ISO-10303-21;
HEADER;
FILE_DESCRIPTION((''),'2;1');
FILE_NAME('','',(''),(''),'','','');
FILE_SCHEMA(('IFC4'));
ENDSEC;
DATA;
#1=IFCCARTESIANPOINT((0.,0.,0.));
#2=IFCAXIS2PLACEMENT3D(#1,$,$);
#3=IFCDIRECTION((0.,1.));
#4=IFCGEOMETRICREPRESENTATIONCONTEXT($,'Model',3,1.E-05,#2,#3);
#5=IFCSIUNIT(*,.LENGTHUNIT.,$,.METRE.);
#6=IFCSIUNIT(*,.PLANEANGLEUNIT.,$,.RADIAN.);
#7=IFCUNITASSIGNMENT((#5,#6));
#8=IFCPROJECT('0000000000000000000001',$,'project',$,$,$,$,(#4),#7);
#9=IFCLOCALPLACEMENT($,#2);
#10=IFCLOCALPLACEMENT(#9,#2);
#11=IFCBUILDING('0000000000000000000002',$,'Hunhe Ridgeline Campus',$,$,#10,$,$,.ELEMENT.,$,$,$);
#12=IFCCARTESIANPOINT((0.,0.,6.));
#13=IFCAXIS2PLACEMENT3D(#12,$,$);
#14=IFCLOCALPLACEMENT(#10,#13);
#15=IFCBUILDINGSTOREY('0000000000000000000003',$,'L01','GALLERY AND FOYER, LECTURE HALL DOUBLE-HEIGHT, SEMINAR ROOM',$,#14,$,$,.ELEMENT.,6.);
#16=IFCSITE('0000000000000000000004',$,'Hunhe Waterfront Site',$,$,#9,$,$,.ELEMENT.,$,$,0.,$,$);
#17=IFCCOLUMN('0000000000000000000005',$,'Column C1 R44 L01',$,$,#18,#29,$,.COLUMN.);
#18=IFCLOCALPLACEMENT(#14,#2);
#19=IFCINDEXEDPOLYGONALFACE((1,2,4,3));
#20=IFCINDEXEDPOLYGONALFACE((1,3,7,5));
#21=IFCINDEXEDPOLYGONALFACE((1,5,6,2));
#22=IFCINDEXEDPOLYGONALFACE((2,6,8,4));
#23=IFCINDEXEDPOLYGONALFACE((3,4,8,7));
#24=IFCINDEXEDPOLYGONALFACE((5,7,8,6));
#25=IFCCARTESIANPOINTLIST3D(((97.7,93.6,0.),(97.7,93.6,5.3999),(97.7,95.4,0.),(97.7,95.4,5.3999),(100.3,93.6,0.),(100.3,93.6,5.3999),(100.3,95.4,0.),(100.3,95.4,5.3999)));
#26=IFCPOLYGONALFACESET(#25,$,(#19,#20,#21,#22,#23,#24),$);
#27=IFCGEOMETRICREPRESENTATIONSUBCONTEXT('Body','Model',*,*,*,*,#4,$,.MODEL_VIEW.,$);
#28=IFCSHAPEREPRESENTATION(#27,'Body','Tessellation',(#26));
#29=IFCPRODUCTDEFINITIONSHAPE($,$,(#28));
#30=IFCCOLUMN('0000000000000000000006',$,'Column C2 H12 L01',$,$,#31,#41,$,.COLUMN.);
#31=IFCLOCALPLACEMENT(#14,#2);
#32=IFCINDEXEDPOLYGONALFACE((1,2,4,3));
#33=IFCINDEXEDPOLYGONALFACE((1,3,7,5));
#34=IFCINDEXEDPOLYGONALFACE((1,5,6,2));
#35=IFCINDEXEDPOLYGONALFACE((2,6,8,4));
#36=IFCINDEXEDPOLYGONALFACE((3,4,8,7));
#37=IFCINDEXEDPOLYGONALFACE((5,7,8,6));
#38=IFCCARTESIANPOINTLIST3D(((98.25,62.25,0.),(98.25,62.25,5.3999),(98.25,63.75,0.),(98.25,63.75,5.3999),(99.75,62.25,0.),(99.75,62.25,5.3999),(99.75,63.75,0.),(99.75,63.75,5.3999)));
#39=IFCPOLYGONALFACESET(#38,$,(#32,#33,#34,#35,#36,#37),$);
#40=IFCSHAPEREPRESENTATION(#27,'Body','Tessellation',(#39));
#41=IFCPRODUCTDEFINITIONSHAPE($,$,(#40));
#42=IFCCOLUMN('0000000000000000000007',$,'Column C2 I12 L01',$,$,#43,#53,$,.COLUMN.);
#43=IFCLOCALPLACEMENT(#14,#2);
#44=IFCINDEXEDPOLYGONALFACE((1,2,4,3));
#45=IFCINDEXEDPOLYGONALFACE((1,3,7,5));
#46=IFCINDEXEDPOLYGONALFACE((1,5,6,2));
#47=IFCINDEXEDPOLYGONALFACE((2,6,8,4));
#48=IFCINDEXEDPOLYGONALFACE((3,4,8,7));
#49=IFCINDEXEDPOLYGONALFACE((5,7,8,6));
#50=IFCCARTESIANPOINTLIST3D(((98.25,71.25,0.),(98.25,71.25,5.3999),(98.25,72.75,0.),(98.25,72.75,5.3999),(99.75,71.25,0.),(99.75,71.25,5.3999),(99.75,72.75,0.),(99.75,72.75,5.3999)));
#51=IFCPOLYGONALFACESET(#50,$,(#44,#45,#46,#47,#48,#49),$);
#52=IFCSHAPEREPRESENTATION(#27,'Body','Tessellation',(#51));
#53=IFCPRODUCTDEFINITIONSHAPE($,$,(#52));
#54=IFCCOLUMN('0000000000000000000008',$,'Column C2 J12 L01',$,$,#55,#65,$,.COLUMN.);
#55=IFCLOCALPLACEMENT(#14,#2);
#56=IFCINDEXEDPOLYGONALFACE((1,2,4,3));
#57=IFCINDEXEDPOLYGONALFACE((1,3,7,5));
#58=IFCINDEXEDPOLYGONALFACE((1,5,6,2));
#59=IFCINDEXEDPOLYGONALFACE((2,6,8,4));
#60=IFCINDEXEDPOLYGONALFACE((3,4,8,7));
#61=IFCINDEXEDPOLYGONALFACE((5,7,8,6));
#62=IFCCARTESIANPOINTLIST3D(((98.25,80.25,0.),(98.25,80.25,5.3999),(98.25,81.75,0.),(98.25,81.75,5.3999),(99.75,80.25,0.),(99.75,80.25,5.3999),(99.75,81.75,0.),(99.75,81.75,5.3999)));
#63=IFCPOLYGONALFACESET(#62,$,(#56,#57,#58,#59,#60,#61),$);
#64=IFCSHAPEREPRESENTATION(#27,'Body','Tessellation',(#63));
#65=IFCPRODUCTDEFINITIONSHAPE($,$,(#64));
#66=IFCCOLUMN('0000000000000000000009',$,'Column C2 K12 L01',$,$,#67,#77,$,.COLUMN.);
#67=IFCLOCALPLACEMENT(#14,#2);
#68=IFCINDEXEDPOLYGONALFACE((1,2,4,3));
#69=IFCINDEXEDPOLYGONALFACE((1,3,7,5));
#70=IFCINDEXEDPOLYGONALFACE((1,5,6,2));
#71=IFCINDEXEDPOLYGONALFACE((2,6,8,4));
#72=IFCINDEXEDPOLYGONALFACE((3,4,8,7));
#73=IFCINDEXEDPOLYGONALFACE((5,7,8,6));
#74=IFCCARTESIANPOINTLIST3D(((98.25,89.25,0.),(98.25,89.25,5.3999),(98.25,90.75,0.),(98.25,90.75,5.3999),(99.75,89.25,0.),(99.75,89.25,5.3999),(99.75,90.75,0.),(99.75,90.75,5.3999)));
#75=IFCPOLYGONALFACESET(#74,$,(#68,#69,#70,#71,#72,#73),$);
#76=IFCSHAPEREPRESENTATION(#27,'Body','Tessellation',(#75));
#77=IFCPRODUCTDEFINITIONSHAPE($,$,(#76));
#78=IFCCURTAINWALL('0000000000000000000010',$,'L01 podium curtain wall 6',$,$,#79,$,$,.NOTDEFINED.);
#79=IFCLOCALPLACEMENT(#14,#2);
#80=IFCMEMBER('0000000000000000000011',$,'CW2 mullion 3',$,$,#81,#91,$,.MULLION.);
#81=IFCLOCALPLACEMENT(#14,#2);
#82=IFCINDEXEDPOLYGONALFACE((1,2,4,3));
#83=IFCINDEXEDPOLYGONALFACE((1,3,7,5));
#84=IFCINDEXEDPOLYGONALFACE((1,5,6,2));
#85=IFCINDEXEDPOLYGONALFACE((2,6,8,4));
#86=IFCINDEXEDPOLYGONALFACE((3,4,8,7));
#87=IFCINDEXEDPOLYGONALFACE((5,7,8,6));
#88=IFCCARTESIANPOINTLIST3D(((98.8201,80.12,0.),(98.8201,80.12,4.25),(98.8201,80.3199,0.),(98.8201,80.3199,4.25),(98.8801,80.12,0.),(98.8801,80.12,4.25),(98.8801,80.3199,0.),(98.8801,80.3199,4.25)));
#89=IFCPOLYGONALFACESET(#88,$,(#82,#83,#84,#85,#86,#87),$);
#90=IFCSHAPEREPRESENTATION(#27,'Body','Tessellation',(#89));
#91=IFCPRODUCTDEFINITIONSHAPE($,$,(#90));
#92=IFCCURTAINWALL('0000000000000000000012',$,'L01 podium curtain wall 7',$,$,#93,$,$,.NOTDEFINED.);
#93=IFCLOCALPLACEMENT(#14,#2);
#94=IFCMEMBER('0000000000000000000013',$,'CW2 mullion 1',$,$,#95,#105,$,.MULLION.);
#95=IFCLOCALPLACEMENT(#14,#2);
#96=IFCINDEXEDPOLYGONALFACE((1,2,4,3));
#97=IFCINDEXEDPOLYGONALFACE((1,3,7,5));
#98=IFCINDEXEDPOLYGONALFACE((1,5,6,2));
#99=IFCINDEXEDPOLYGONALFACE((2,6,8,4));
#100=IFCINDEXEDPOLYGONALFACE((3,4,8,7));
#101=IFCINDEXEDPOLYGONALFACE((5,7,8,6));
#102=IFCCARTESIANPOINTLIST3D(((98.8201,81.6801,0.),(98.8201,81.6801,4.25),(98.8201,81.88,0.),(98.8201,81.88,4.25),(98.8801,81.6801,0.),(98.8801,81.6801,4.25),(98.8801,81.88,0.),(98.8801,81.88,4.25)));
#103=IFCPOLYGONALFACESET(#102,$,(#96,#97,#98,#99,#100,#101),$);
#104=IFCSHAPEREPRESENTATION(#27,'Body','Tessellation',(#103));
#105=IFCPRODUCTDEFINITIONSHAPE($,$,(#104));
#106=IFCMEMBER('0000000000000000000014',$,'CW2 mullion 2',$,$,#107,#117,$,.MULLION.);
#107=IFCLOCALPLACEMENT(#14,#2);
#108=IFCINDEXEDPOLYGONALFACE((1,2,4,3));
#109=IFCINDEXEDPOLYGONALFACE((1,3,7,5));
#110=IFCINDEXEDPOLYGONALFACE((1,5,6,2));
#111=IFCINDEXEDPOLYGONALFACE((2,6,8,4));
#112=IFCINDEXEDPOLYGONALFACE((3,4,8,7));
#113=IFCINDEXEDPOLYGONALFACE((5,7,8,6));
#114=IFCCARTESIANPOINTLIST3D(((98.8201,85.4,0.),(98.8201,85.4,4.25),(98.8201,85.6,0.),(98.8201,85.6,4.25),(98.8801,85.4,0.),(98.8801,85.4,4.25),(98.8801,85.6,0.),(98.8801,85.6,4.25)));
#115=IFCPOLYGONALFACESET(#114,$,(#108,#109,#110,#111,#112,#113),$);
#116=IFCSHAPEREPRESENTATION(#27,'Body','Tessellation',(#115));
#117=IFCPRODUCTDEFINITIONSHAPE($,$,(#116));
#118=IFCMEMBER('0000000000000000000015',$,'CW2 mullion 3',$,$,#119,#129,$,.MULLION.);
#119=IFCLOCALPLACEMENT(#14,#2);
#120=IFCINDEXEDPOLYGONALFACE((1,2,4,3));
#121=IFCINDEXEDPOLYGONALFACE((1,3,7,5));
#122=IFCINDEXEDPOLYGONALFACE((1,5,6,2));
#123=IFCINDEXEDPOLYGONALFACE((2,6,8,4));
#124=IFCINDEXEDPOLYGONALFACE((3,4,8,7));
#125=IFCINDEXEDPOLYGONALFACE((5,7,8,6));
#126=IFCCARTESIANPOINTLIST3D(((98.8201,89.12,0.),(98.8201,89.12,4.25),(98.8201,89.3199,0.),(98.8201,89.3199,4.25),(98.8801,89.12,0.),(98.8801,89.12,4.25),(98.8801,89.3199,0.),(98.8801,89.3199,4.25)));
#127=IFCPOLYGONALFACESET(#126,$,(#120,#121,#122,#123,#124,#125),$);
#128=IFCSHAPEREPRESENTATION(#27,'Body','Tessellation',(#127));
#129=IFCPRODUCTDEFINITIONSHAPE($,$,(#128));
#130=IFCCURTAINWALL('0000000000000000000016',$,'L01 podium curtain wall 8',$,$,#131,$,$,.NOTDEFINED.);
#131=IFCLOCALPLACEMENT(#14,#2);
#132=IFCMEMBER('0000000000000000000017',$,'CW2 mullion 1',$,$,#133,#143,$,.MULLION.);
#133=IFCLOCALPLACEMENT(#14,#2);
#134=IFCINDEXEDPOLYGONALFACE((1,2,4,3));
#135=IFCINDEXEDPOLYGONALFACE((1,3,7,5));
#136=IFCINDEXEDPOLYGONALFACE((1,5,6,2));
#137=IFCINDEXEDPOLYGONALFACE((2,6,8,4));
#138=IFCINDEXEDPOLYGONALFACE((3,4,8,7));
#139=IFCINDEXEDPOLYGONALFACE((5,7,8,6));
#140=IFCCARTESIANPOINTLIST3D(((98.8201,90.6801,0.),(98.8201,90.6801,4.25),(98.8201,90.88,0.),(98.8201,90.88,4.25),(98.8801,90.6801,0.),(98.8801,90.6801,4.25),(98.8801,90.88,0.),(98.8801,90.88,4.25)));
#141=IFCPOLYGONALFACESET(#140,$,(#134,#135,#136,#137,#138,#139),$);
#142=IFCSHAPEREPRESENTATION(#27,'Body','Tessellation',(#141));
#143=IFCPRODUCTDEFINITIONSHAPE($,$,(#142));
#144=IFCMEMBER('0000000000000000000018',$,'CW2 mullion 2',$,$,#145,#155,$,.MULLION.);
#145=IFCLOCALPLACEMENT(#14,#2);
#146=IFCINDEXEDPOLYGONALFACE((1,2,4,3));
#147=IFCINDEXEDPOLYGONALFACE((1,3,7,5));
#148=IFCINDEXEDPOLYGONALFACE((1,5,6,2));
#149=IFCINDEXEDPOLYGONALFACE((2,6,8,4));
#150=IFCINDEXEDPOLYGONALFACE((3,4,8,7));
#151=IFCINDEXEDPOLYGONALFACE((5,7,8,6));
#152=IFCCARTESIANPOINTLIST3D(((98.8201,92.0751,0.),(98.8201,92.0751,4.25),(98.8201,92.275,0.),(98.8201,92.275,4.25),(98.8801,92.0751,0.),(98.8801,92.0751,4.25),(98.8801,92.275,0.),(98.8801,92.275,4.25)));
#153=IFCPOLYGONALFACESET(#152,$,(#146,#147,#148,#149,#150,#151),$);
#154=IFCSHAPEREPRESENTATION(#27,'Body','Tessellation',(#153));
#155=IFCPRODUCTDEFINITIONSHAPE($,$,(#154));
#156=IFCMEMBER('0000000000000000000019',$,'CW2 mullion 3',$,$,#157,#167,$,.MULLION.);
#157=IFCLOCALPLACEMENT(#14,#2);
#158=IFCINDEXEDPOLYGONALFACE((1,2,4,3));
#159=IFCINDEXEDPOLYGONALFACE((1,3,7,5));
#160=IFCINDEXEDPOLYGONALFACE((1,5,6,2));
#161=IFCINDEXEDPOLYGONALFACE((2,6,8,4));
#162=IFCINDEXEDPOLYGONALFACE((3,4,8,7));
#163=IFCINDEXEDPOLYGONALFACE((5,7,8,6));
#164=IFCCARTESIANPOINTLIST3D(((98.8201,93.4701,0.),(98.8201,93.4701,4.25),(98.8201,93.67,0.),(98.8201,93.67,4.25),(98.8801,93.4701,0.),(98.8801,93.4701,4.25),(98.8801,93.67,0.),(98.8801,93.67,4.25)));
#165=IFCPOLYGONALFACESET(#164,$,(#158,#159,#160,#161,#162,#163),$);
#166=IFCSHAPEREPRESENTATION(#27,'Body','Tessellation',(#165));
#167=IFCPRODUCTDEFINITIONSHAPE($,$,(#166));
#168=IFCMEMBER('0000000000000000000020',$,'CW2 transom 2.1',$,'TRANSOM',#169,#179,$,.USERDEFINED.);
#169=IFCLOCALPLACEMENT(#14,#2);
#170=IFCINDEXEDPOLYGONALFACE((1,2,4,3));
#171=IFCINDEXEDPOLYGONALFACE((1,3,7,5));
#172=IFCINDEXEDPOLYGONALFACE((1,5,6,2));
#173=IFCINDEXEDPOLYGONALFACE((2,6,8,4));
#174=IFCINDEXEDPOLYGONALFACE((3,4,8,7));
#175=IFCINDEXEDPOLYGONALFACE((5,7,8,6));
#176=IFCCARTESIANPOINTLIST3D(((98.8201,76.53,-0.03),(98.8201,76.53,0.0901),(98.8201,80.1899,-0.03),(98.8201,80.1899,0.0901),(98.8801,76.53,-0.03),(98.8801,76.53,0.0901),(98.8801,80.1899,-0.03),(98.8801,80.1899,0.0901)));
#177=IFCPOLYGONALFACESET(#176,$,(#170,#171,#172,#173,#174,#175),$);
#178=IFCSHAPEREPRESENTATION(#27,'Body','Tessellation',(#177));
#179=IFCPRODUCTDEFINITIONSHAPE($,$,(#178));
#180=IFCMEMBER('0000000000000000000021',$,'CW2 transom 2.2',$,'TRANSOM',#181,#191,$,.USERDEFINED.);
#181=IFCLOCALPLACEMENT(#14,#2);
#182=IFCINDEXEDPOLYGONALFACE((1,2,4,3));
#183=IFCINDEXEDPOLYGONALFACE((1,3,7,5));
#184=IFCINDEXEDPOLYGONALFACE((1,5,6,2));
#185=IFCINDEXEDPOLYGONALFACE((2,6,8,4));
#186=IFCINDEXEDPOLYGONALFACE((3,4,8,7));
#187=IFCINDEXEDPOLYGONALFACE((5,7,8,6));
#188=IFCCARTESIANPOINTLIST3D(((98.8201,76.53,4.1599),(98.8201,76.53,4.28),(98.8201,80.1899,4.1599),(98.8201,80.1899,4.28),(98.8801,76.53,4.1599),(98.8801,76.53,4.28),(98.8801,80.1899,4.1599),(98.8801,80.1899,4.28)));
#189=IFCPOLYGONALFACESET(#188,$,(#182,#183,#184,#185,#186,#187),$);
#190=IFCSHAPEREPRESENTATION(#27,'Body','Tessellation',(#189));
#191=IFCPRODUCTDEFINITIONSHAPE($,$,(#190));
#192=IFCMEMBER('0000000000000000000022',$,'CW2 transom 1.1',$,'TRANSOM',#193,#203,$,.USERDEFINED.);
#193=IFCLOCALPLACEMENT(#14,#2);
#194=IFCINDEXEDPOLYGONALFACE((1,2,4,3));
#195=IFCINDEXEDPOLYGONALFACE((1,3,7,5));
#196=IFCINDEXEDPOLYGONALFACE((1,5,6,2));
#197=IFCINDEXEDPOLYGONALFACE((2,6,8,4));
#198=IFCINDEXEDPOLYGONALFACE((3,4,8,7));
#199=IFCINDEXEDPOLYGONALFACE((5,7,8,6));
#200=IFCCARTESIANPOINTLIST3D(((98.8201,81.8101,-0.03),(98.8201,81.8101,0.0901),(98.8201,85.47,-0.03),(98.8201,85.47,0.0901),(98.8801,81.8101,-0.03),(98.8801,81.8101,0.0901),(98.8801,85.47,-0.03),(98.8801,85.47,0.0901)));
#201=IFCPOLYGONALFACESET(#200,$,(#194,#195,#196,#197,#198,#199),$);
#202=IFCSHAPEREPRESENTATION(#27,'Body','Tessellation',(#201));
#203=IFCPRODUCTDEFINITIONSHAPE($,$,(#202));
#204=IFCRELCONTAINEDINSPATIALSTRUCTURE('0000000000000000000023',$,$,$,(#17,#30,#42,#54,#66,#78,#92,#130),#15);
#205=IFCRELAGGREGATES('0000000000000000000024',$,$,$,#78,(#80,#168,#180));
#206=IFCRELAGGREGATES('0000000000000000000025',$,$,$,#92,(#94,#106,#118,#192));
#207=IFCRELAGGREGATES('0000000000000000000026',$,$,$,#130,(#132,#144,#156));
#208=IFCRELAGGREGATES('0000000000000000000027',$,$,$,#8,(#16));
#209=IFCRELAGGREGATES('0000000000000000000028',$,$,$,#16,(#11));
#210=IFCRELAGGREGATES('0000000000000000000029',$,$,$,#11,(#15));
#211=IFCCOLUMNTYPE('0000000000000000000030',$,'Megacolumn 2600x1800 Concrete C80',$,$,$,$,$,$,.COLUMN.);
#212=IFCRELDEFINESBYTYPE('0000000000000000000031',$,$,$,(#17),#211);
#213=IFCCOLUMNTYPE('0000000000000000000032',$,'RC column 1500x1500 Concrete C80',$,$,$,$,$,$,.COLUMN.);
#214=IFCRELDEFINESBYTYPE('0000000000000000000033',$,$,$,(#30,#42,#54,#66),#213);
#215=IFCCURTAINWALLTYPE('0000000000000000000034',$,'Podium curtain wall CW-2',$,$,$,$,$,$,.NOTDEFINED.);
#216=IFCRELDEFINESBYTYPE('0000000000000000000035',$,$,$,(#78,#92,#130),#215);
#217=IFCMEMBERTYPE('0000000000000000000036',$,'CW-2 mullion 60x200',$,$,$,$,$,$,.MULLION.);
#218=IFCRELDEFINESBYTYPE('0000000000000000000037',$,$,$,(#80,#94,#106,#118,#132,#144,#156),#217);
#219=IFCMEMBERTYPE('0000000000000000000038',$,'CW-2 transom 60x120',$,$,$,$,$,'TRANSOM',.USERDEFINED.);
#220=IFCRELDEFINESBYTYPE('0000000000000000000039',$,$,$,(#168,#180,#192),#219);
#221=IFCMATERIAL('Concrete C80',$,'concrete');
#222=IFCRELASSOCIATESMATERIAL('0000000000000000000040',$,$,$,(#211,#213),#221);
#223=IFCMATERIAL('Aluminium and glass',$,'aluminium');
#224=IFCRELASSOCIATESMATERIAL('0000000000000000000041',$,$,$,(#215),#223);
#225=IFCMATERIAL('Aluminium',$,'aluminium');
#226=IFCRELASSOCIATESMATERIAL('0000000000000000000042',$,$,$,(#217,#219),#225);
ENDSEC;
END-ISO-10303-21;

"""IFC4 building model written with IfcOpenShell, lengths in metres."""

from ifc_helpers import new_model, si_unit, direction, frame, origin, origin_2d, place, context, subcontext, project, spatial, rectangle, extrude, material, material_profile, profile_set, type_object, element, aggregate, save


model = new_model("IFC4")

# Units and contexts
model_context = context("Model", 3, precision=1e-05, world=origin(), true_north=direction((0.0, 1.0)))
body_context = subcontext(model_context, "Body", "Model", "MODEL_VIEW")
ifc_project = project(units=[si_unit("LENGTHUNIT", "METRE"), si_unit("PLANEANGLEUNIT", "RADIAN")], contexts=[model_context])

# Site, building, storey
site_placement = place(None, origin())
site = spatial("IfcSite", under=ifc_project, at=site_placement, Name="Hunhe Waterfront Site", CompositionType="ELEMENT", RefElevation=0.0)
building_placement = place(site_placement, origin())
building = spatial("IfcBuilding", under=site, at=building_placement, Name="Hunhe Ridgeline Campus", CompositionType="ELEMENT")
storey_placement = place(building_placement, frame((0.0, 0.0, 6.0)))
storey = spatial("IfcBuildingStorey", under=building, at=storey_placement, Name="L01", Description="GALLERY AND FOYER, LECTURE HALL DOUBLE-HEIGHT, SEMINAR ROOM", CompositionType="ELEMENT", Elevation=6.0)

# Columns
ifc_material_1 = material(Name="Concrete C80", Category="concrete")
ifc_material_profile_1 = material_profile(ifc_material_1, rectangle(XDim=2.6001, YDim=1.8, at=origin_2d()))
ifc_profile_set_1 = profile_set([ifc_material_profile_1], Name="Concrete C80")
column_type_1 = type_object("IfcColumnType", Name="Megacolumn 2600x1800 Concrete C80", PredefinedType="COLUMN", material=ifc_profile_set_1)
column_placement = place(storey_placement, frame((99.0, 94.5, 0.0), z_axis=(0.0, 0.0, 1.0), x_axis=(1.0, 0.0, 0.0)))
element("IfcColumn", 1, at=column_placement, inside=storey, type_object=column_type_1, Name="Column C1 R44 L01", PredefinedType="COLUMN", context=body_context, shape_type="SweptSolid", body=[
    extrude(rectangle(XDim=2.6001, YDim=1.8, at=origin_2d()), origin(), (0.0, 0.0, 1.0), 5.3999),
])
ifc_material_profile_2 = material_profile(ifc_material_1, rectangle(XDim=1.5, YDim=1.5, at=origin_2d()))
ifc_profile_set_2 = profile_set([ifc_material_profile_2], Name="Concrete C80")
column_type_2 = type_object("IfcColumnType", Name="RC column 1500x1500 Concrete C80", PredefinedType="COLUMN", material=ifc_profile_set_2)
for number, where, z_axis, x_axis, name in (
    (2, (99.0, 63.0, 0.0), (0.0, 0.0, 1.0), (1.0, 0.0, 0.0), "Column C2 H12 L01"),
    (3, (99.0, 72.0, 0.0), (0.0, 0.0, 1.0), (1.0, 0.0, 0.0), "Column C2 I12 L01"),
    (4, (99.0, 81.0, 0.0), (0.0, 0.0, 1.0), (1.0, 0.0, 0.0), "Column C2 J12 L01"),
    (5, (99.0, 90.0, 0.0), (0.0, 0.0, 1.0), (1.0, 0.0, 0.0), "Column C2 K12 L01"),
):
    element("IfcColumn", number, at=place(storey_placement, frame(where, z_axis=z_axis, x_axis=x_axis)), inside=storey, type_object=column_type_2, Name=name, PredefinedType="COLUMN", context=body_context, shape_type="SweptSolid", body=[
        extrude(rectangle(XDim=1.5, YDim=1.5, at=origin_2d()), origin(), (0.0, 0.0, 1.0), 5.3999),
    ])

# Curtain wall, member
ifc_material_2 = material(Name="Aluminium and glass", Category="aluminium")
curtain_wall_type = type_object("IfcCurtainWallType", Name="Podium curtain wall CW-2", PredefinedType="NOTDEFINED", material=ifc_material_2)
curtain_wall_1_placement = place(storey_placement, origin())
curtain_wall_1 = element("IfcCurtainWall", 6, at=curtain_wall_1_placement, inside=storey, type_object=curtain_wall_type, Name="L01 podium curtain wall 6", PredefinedType="NOTDEFINED")
ifc_material_3 = material(Name="Aluminium", Category="aluminium")
ifc_material_profile_3 = material_profile(ifc_material_3, rectangle(XDim=0.0601, YDim=0.2, at=origin_2d()))
ifc_profile_set_3 = profile_set([ifc_material_profile_3], Name="Aluminium")
member_type_1 = type_object("IfcMemberType", Name="CW-2 mullion 60x200", PredefinedType="MULLION", material=ifc_profile_set_3)
member_1_placement = place(storey_placement, frame((98.8501, 80.22, 0.0), z_axis=(0.0, 0.0, 1.0), x_axis=(-1.0, 0.0, 0.0)))
member_1 = element("IfcMember", 7, at=member_1_placement, type_object=member_type_1, Name="CW2 mullion 3", PredefinedType="MULLION", context=body_context, shape_type="SweptSolid", body=[
    extrude(rectangle(XDim=0.0601, YDim=0.2, at=origin_2d()), origin(), (0.0, 0.0, 1.0), 4.25),
])

# Curtain walls, members
curtain_wall_2_placement = place(storey_placement, origin())
curtain_wall_2 = element("IfcCurtainWall", 8, at=curtain_wall_2_placement, inside=storey, type_object=curtain_wall_type, Name="L01 podium curtain wall 7", PredefinedType="NOTDEFINED")
member_2_placement = place(storey_placement, frame((98.8501, 81.78, 0.0), z_axis=(0.0, 0.0, 1.0), x_axis=(-1.0, 0.0, 0.0)))
member_2 = element("IfcMember", 9, at=member_2_placement, type_object=member_type_1, Name="CW2 mullion 1", PredefinedType="MULLION", context=body_context, shape_type="SweptSolid", body=[
    extrude(rectangle(XDim=0.0601, YDim=0.2, at=origin_2d()), origin(), (0.0, 0.0, 1.0), 4.25),
])
member_3_placement = place(storey_placement, frame((98.8501, 85.5, 0.0), z_axis=(0.0, 0.0, 1.0), x_axis=(-1.0, 0.0, 0.0)))
member_3 = element("IfcMember", 10, at=member_3_placement, type_object=member_type_1, Name="CW2 mullion 2", PredefinedType="MULLION", context=body_context, shape_type="SweptSolid", body=[
    extrude(rectangle(XDim=0.0601, YDim=0.2, at=origin_2d()), origin(), (0.0, 0.0, 1.0), 4.25),
])
member_4_placement = place(storey_placement, frame((98.8501, 89.22, 0.0), z_axis=(0.0, 0.0, 1.0), x_axis=(-1.0, 0.0, 0.0)))
member_4 = element("IfcMember", 11, at=member_4_placement, type_object=member_type_1, Name="CW2 mullion 3", PredefinedType="MULLION", context=body_context, shape_type="SweptSolid", body=[
    extrude(rectangle(XDim=0.0601, YDim=0.2, at=origin_2d()), origin(), (0.0, 0.0, 1.0), 4.25),
])
curtain_wall_3_placement = place(storey_placement, origin())
curtain_wall_3 = element("IfcCurtainWall", 12, at=curtain_wall_3_placement, inside=storey, type_object=curtain_wall_type, Name="L01 podium curtain wall 8", PredefinedType="NOTDEFINED")
member_5_placement = place(storey_placement, frame((98.8501, 90.78, 0.0), z_axis=(0.0, 0.0, 1.0), x_axis=(-1.0, 0.0, 0.0)))
member_5 = element("IfcMember", 13, at=member_5_placement, type_object=member_type_1, Name="CW2 mullion 1", PredefinedType="MULLION", context=body_context, shape_type="SweptSolid", body=[
    extrude(rectangle(XDim=0.0601, YDim=0.2, at=origin_2d()), origin(), (0.0, 0.0, 1.0), 4.25),
])
member_6_placement = place(storey_placement, frame((98.8501, 92.175, 0.0), z_axis=(0.0, 0.0, 1.0), x_axis=(-1.0, 0.0, 0.0)))
member_6 = element("IfcMember", 14, at=member_6_placement, type_object=member_type_1, Name="CW2 mullion 2", PredefinedType="MULLION", context=body_context, shape_type="SweptSolid", body=[
    extrude(rectangle(XDim=0.0601, YDim=0.2, at=origin_2d()), origin(), (0.0, 0.0, 1.0), 4.25),
])
member_7_placement = place(storey_placement, frame((98.8501, 93.5701, 0.0), z_axis=(0.0, 0.0, 1.0), x_axis=(-1.0, 0.0, 0.0)))
member_7 = element("IfcMember", 15, at=member_7_placement, type_object=member_type_1, Name="CW2 mullion 3", PredefinedType="MULLION", context=body_context, shape_type="SweptSolid", body=[
    extrude(rectangle(XDim=0.0601, YDim=0.2, at=origin_2d()), origin(), (0.0, 0.0, 1.0), 4.25),
])

# Members
ifc_material_profile_4 = material_profile(ifc_material_3, rectangle(XDim=0.0601, YDim=0.1201, at=origin_2d()))
ifc_profile_set_4 = profile_set([ifc_material_profile_4], Name="Aluminium")
member_type_2 = type_object("IfcMemberType", Name="CW-2 transom 60x120", ElementType="TRANSOM", PredefinedType="USERDEFINED", material=ifc_profile_set_4)
member_8_placement = place(storey_placement, frame((98.8501, 76.53, 0.03), z_axis=(0.0, 1.0, 0.0), x_axis=(-1.0, 0.0, 0.0)))
member_8 = element("IfcMember", 16, at=member_8_placement, type_object=member_type_2, Name="CW2 transom 2.1", ObjectType="TRANSOM", PredefinedType="USERDEFINED", context=body_context, shape_type="SweptSolid", body=[
    extrude(rectangle(XDim=0.0601, YDim=0.1201, at=origin_2d()), origin(), (0.0, 0.0, 1.0), 3.6599),
])
member_9_placement = place(storey_placement, frame((98.8501, 76.53, 4.22), z_axis=(0.0, 1.0, 0.0), x_axis=(-1.0, 0.0, 0.0)))
member_9 = element("IfcMember", 17, at=member_9_placement, type_object=member_type_2, Name="CW2 transom 2.2", ObjectType="TRANSOM", PredefinedType="USERDEFINED", context=body_context, shape_type="SweptSolid", body=[
    extrude(rectangle(XDim=0.0601, YDim=0.1201, at=origin_2d()), origin(), (0.0, 0.0, 1.0), 3.6599),
])
member_10_placement = place(storey_placement, frame((98.8501, 81.8101, 0.03), z_axis=(0.0, 1.0, 0.0), x_axis=(-1.0, 0.0, 0.0)))
member_10 = element("IfcMember", 18, at=member_10_placement, type_object=member_type_2, Name="CW2 transom 1.1", ObjectType="TRANSOM", PredefinedType="USERDEFINED", context=body_context, shape_type="SweptSolid", body=[
    extrude(rectangle(XDim=0.0601, YDim=0.1201, at=origin_2d()), origin(), (0.0, 0.0, 1.0), 3.6599),
])

aggregate(curtain_wall_1, [member_1, member_8, member_9])
aggregate(curtain_wall_2, [member_2, member_3, member_4, member_10])
aggregate(curtain_wall_3, [member_5, member_6, member_7])

save(model, "model.ifc")
